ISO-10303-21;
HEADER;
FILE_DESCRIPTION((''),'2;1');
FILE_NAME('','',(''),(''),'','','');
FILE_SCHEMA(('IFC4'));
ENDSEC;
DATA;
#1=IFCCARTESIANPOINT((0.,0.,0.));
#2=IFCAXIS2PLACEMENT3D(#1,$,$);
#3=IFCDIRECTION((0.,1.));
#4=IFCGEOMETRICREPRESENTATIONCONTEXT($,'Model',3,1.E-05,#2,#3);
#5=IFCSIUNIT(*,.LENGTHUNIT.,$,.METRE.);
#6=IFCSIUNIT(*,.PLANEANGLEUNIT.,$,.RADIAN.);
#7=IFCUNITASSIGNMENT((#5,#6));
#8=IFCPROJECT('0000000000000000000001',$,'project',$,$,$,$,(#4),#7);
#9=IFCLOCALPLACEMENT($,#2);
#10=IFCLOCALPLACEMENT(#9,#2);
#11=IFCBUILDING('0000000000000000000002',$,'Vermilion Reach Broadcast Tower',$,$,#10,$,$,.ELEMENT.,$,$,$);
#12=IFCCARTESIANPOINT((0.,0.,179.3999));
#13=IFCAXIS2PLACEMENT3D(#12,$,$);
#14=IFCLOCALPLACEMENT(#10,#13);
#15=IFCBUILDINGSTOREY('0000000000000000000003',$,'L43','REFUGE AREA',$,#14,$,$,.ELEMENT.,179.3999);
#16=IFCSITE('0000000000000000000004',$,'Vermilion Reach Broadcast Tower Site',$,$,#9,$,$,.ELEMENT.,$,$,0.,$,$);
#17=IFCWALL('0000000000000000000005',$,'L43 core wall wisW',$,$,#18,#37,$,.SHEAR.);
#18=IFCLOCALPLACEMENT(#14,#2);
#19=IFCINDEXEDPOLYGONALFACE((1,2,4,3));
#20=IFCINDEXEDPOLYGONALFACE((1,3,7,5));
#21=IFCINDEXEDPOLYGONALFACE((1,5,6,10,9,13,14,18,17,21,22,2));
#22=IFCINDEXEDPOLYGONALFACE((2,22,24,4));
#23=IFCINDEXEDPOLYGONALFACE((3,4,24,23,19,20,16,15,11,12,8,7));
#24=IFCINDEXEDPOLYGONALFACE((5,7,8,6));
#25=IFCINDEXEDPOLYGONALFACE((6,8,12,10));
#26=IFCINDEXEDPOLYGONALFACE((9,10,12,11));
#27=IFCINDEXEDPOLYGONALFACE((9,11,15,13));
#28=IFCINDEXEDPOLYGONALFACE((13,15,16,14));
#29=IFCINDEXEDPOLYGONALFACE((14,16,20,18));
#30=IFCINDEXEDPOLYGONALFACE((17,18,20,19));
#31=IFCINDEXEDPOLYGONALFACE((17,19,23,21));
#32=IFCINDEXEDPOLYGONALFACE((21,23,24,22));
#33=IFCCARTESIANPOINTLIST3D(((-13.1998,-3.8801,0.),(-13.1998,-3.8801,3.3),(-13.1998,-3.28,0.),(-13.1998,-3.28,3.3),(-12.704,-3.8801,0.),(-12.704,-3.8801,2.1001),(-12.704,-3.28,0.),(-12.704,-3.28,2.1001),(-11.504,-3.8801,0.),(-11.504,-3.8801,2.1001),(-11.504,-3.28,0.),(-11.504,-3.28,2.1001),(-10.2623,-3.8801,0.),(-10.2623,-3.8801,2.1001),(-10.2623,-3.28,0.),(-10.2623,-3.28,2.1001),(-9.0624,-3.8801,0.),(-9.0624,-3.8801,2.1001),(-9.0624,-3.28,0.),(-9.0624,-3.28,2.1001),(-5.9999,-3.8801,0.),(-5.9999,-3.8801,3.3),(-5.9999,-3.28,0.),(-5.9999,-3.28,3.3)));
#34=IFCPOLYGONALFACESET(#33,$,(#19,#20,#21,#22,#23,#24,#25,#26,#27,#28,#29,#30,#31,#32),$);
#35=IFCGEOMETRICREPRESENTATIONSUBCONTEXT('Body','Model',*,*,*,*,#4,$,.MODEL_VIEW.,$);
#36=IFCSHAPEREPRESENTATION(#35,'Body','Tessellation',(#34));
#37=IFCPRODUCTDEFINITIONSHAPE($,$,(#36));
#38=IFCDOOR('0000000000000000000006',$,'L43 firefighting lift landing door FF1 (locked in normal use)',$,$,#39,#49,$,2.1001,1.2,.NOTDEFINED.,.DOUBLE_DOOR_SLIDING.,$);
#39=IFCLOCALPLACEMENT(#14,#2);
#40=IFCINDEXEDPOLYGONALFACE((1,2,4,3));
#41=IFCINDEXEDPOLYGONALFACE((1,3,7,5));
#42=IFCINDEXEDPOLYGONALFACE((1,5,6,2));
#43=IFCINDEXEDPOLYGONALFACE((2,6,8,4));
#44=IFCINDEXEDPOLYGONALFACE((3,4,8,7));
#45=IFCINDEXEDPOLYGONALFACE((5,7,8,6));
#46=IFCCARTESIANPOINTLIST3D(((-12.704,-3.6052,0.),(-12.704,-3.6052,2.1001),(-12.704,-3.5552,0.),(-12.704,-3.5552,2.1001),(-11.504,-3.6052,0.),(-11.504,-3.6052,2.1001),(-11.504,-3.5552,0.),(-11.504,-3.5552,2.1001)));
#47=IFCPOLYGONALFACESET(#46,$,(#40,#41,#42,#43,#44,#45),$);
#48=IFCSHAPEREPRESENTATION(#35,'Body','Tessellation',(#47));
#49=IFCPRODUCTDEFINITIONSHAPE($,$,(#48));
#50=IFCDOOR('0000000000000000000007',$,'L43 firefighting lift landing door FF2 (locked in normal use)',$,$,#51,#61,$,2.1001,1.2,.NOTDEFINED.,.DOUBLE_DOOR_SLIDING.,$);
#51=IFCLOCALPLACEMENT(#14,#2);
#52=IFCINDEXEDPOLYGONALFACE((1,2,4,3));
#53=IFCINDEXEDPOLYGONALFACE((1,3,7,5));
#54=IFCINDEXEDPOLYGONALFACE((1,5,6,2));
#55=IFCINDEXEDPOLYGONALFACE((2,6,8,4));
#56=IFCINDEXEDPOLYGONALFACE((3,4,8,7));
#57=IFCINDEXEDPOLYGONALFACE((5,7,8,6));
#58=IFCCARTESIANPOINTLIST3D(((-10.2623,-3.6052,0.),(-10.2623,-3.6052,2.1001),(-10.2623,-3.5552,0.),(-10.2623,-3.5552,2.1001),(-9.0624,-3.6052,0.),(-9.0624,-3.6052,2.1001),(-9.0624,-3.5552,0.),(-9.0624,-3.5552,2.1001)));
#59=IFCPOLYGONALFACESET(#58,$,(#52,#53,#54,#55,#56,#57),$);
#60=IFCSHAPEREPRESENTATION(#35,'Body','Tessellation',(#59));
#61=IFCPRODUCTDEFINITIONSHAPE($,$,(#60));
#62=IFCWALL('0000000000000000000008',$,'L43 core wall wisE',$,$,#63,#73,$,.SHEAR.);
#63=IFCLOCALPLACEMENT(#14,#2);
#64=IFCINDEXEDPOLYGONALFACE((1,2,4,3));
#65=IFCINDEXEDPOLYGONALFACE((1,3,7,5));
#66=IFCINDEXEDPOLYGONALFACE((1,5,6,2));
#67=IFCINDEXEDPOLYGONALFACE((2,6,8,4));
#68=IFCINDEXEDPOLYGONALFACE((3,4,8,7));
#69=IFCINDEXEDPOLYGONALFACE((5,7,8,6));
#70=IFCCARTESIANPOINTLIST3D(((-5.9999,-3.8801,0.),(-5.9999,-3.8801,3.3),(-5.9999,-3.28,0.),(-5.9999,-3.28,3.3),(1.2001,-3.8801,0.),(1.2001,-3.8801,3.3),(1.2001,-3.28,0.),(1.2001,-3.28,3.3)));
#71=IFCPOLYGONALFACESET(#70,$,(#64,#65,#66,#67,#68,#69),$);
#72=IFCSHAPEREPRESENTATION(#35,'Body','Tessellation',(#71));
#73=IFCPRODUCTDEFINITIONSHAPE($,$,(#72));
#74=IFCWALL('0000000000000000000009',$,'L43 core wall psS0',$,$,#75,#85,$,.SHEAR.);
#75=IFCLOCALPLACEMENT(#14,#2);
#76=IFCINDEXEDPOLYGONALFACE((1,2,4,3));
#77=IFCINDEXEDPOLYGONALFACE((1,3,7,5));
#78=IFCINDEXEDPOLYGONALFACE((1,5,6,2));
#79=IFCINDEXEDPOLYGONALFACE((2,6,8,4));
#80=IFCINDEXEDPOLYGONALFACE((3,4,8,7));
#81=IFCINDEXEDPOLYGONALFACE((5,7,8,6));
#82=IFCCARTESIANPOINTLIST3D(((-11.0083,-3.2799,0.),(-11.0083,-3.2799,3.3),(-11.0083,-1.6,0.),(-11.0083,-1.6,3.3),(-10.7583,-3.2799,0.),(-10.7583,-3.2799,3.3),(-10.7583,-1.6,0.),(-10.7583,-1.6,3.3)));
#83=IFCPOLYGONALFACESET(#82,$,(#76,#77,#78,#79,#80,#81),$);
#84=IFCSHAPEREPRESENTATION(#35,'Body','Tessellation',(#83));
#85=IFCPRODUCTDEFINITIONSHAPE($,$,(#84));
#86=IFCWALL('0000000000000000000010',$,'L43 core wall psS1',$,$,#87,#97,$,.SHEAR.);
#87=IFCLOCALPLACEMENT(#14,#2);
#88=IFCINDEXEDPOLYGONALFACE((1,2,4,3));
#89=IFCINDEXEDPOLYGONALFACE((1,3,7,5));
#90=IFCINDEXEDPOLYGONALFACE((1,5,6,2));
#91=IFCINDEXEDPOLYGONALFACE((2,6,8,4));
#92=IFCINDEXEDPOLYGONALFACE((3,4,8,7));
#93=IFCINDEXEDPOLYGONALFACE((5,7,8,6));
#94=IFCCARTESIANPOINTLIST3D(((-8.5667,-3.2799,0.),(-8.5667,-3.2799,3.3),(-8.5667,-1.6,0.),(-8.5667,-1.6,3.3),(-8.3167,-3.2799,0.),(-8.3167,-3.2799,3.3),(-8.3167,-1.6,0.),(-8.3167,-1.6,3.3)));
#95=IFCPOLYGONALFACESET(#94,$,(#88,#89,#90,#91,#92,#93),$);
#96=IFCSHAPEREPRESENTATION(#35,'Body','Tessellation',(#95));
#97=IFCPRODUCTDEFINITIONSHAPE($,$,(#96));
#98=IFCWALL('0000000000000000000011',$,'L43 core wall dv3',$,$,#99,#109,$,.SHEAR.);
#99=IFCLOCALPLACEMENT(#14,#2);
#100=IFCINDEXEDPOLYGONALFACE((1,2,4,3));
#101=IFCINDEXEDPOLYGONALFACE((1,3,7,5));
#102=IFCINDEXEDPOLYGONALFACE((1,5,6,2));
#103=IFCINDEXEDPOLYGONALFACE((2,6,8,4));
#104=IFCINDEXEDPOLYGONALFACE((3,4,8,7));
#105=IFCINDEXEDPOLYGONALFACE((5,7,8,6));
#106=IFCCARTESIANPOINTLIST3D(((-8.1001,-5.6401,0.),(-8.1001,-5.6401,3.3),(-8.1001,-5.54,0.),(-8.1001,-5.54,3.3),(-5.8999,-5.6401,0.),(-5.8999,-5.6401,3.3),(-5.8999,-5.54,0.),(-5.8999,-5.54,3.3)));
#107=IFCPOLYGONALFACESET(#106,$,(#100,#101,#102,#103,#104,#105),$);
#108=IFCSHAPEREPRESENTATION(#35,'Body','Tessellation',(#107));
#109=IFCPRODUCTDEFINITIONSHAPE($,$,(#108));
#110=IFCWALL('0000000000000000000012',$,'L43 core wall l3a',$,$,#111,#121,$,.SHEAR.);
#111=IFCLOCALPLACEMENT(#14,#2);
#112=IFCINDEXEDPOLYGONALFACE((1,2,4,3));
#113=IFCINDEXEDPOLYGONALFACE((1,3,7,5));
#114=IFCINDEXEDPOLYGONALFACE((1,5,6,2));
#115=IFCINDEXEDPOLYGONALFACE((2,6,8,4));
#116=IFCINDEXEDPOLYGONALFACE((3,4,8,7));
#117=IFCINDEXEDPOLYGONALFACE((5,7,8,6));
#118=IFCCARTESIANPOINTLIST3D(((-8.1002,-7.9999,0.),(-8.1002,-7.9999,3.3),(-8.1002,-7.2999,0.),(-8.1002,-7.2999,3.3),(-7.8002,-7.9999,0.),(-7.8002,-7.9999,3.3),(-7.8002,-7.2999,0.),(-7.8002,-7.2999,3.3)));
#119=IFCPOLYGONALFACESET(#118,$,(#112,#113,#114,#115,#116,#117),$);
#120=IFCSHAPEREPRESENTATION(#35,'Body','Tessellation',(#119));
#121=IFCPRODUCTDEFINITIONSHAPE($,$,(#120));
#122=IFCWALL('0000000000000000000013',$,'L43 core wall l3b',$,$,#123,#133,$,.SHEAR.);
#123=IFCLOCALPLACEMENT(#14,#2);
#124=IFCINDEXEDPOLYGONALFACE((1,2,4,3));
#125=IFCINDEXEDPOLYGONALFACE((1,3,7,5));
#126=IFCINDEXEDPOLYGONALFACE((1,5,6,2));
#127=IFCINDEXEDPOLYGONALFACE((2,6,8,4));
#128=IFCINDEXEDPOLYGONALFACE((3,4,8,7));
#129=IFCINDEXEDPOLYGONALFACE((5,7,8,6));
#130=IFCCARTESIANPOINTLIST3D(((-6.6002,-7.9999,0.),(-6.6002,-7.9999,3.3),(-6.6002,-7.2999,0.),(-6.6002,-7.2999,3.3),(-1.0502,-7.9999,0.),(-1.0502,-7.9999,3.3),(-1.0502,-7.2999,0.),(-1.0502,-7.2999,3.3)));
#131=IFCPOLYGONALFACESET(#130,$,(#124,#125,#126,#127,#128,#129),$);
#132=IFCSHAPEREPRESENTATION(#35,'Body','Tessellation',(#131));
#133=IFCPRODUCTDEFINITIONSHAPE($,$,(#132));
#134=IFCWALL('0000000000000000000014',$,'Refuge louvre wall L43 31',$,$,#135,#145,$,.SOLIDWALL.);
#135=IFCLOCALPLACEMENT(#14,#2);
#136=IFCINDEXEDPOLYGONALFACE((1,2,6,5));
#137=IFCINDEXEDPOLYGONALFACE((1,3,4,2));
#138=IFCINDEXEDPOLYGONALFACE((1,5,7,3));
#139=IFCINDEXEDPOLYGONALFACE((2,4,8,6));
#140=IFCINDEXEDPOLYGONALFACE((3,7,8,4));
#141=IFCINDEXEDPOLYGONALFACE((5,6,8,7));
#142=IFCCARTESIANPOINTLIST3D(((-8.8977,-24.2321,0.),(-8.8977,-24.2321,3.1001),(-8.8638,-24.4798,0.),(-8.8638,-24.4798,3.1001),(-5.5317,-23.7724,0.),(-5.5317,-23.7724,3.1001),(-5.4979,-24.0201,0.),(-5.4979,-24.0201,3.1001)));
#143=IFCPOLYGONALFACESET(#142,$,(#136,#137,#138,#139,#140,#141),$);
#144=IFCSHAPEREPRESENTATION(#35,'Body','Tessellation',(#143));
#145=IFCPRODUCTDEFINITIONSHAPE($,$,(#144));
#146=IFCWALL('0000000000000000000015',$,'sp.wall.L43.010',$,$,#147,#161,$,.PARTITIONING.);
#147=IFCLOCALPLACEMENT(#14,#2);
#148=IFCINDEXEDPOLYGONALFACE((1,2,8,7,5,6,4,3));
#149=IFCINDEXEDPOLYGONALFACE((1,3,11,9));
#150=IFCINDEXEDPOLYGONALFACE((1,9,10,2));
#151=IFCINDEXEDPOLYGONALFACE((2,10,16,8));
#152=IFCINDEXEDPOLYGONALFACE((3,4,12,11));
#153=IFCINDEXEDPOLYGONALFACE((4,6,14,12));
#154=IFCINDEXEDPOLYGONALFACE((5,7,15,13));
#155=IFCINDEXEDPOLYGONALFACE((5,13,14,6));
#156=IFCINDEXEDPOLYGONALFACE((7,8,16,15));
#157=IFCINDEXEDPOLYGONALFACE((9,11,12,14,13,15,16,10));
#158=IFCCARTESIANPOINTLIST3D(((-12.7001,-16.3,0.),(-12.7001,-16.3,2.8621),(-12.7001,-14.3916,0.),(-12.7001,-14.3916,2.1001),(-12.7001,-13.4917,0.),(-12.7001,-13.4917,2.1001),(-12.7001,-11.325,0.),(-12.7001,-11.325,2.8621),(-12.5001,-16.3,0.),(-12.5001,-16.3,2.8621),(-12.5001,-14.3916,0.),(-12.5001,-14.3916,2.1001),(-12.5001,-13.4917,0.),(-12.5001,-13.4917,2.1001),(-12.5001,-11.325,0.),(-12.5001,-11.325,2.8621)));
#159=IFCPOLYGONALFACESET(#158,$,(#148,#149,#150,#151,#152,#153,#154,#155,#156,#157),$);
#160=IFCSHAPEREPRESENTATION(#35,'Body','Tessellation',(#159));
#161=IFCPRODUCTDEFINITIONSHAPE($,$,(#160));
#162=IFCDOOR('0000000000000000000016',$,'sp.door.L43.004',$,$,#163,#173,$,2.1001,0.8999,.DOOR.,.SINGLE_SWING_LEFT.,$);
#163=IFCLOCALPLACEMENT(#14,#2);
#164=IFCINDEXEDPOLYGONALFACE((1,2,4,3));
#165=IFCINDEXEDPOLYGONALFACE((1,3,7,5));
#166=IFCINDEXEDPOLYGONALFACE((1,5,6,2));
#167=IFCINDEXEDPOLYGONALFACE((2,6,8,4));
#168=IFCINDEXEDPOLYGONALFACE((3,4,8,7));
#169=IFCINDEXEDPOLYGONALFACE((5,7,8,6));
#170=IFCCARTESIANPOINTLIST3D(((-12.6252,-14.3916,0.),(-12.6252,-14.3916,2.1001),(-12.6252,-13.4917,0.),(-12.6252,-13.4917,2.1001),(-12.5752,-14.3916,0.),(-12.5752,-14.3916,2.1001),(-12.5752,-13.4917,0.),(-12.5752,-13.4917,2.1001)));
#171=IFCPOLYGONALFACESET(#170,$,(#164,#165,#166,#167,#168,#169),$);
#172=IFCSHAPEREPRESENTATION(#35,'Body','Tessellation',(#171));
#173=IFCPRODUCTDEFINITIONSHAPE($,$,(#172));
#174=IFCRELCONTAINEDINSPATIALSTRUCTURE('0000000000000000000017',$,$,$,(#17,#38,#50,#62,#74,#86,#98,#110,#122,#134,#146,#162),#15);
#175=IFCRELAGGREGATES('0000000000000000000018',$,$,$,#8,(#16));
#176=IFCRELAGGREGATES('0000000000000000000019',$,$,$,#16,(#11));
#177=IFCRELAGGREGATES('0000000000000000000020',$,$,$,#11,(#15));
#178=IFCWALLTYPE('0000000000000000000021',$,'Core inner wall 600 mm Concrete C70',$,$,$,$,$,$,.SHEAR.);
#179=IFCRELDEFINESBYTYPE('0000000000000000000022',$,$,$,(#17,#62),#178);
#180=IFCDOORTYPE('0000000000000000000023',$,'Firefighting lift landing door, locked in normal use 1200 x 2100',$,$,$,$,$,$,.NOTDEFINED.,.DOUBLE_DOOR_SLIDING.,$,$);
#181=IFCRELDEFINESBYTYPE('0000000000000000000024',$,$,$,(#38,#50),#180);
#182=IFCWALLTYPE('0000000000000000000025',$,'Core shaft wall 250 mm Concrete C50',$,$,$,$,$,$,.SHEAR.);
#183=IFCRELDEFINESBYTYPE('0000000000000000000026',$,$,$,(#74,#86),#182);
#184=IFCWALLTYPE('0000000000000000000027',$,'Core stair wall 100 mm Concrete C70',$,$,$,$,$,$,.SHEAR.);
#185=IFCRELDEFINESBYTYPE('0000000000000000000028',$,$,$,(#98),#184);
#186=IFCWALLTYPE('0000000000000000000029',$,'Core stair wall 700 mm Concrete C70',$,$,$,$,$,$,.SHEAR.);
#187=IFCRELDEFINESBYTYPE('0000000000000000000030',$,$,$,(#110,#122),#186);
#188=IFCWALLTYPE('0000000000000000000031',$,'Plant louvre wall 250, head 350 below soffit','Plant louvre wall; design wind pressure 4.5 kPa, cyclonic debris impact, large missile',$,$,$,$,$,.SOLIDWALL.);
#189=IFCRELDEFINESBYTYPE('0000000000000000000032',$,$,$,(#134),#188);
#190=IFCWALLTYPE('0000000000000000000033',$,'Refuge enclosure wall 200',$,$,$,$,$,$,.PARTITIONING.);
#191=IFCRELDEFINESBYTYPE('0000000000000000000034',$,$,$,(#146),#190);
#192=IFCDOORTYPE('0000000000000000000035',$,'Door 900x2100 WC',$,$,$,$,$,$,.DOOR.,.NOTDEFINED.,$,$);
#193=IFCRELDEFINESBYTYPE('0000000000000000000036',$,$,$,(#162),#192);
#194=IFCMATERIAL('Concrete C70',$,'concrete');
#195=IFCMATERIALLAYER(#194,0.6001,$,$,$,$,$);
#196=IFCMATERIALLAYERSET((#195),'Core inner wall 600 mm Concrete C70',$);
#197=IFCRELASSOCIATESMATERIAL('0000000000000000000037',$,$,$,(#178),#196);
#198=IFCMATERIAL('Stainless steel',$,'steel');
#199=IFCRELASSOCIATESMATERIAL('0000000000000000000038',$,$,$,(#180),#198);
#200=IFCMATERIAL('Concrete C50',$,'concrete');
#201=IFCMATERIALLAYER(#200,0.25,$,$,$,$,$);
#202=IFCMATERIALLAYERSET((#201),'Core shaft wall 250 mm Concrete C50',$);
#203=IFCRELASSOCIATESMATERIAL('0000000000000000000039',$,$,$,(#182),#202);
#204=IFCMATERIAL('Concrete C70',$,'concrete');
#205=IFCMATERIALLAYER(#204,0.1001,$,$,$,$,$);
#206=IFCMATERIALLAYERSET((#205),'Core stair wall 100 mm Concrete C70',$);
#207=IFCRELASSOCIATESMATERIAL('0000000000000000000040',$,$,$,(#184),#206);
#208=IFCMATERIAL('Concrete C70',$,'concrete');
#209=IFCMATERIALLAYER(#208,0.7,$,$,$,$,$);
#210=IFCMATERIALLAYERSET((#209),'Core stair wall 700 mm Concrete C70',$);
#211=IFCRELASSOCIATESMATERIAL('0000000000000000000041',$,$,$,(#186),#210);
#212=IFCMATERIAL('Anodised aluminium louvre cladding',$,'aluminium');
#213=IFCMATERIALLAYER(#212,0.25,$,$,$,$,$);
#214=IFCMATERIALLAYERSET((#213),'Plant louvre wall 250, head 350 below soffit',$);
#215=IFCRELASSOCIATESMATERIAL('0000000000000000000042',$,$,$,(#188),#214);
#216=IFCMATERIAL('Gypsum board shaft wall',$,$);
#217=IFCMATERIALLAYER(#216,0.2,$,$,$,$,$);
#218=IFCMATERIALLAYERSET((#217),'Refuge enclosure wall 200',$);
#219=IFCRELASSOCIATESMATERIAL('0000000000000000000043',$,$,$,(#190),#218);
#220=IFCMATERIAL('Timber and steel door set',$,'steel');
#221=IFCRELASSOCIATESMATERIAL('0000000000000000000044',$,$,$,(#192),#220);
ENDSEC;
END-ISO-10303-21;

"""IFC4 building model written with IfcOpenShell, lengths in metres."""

from ifc_helpers import new_model, si_unit, direction, frame, frame_2d, origin, place, context, subcontext, project, spatial, rectangle, extrude, material, layer, layer_set, type_object, element, fill, save


model = new_model("IFC4")

# Units and contexts
model_context = context("Model", 3, precision=1e-05, world=origin(), true_north=direction((0.0, 1.0)))
body_context = subcontext(model_context, "Body", "Model", "MODEL_VIEW")
ifc_project = project(units=[si_unit("LENGTHUNIT", "METRE"), si_unit("PLANEANGLEUNIT", "RADIAN")], contexts=[model_context])

# Site, building, storey
site_placement = place(None, origin())
site = spatial("IfcSite", under=ifc_project, at=site_placement, Name="Vermilion Reach Broadcast Tower Site", CompositionType="ELEMENT", RefElevation=0.0)
building_placement = place(site_placement, origin())
building = spatial("IfcBuilding", under=site, at=building_placement, Name="Vermilion Reach Broadcast Tower", CompositionType="ELEMENT")
storey_placement = place(building_placement, frame((0.0, 0.0, 179.3999)))
storey = spatial("IfcBuildingStorey", under=building, at=storey_placement, Name="L43", Description="REFUGE AREA", CompositionType="ELEMENT", Elevation=179.3999)

# Wall, openings, doors
ifc_material_1 = material(Name="Concrete C70", Category="concrete")
ifc_layer_1 = layer(ifc_material_1, 0.6001)
ifc_layer_set_1 = layer_set([ifc_layer_1], Name="Core inner wall 600 mm Concrete C70")
wall_type_1 = type_object("IfcWallType", Name="Core inner wall 600 mm Concrete C70", PredefinedType="SHEAR", material=ifc_layer_set_1)
wall_1_placement = place(storey_placement, frame((-13.2, -3.5801, 0.0), z_axis=(0.0, 0.0, 1.0), x_axis=(1.0, 0.0, 0.0)))
wall_1 = element("IfcWall", 1, at=wall_1_placement, inside=storey, type_object=wall_type_1, Name="L43 core wall wisW", PredefinedType="SHEAR", context=body_context, shape_type="SweptSolid", body=[
    extrude(rectangle(XDim=7.2, YDim=0.6001, at=frame_2d((3.6001, 0.0))), origin(), (0.0, 0.0, 1.0), 3.3),
])
opening_1_placement = place(wall_1_placement, frame((0.4958, 0.0, 0.0)))
opening_1 = element("IfcOpeningElement", 2, at=opening_1_placement, cuts=wall_1, PredefinedType="OPENING", context=body_context, shape_type="SweptSolid", body=[
    extrude(rectangle(XDim=1.2, YDim=2.1001, at=frame_2d((0.6001, 1.05))), frame((0.0, 0.3101, 0.0), z_axis=(0.0, -1.0, 0.0), x_axis=(1.0, 0.0, 0.0)), (0.0, 0.0, 1.0), 0.6201),
])
opening_2_placement = place(wall_1_placement, frame((2.9375, 0.0, 0.0)))
opening_2 = element("IfcOpeningElement", 3, at=opening_2_placement, cuts=wall_1, PredefinedType="OPENING", context=body_context, shape_type="SweptSolid", body=[
    extrude(rectangle(XDim=1.2, YDim=2.1001, at=frame_2d((0.6001, 1.05))), frame((0.0, 0.3101, 0.0), z_axis=(0.0, -1.0, 0.0), x_axis=(1.0, 0.0, 0.0)), (0.0, 0.0, 1.0), 0.6201),
])
ifc_material_2 = material(Name="Stainless steel", Category="steel")
door_type_1 = type_object("IfcDoorType", Name="Firefighting lift landing door, locked in normal use 1200 x 2100", OperationType="DOUBLE_DOOR_SLIDING", PredefinedType="NOTDEFINED", material=ifc_material_2)
door_1_placement = place(opening_1_placement, origin())
door_1 = element("IfcDoor", 4, at=door_1_placement, inside=storey, type_object=door_type_1, Name="L43 firefighting lift landing door FF1 (locked in normal use)", OperationType="DOUBLE_DOOR_SLIDING", OverallHeight=2.1001, OverallWidth=1.2, PredefinedType="NOTDEFINED", context=body_context, shape_type="SweptSolid", body=[
    extrude(rectangle(XDim=1.2, YDim=2.1001, at=frame_2d((0.6001, 1.05))), frame((0.0, 0.0249, 0.0), z_axis=(0.0, -1.0, 0.0), x_axis=(1.0, 0.0, 0.0)), (0.0, 0.0, 1.0), 0.05),
])
fill(opening_1, door_1)
door_2_placement = place(opening_2_placement, origin())
door_2 = element("IfcDoor", 5, at=door_2_placement, inside=storey, type_object=door_type_1, Name="L43 firefighting lift landing door FF2 (locked in normal use)", OperationType="DOUBLE_DOOR_SLIDING", OverallHeight=2.1001, OverallWidth=1.2, PredefinedType="NOTDEFINED", context=body_context, shape_type="SweptSolid", body=[
    extrude(rectangle(XDim=1.2, YDim=2.1001, at=frame_2d((0.6001, 1.05))), frame((0.0, 0.0249, 0.0), z_axis=(0.0, -1.0, 0.0), x_axis=(1.0, 0.0, 0.0)), (0.0, 0.0, 1.0), 0.05),
])
fill(opening_2, door_2)

# Walls
wall_2_placement = place(storey_placement, frame((-6.0, -3.5801, 0.0), z_axis=(0.0, 0.0, 1.0), x_axis=(1.0, 0.0, 0.0)))
element("IfcWall", 6, at=wall_2_placement, inside=storey, type_object=wall_type_1, Name="L43 core wall wisE", PredefinedType="SHEAR", context=body_context, shape_type="SweptSolid", body=[
    extrude(rectangle(XDim=7.2, YDim=0.6001, at=frame_2d((3.6001, 0.0))), origin(), (0.0, 0.0, 1.0), 3.3),
])
ifc_material_3 = material(Name="Concrete C50", Category="concrete")
ifc_layer_2 = layer(ifc_material_3, 0.25)
ifc_layer_set_2 = layer_set([ifc_layer_2], Name="Core shaft wall 250 mm Concrete C50")
wall_type_2 = type_object("IfcWallType", Name="Core shaft wall 250 mm Concrete C50", PredefinedType="SHEAR", material=ifc_layer_set_2)
for number, where, z_axis, x_axis, name in (
    (7, (-10.8833, -1.6001, 0.0), (0.0, 0.0, 1.0), (0.0, -1.0, 0.0), "L43 core wall psS0"),
    (8, (-8.4417, -1.6001, 0.0), (0.0, 0.0, 1.0), (0.0, -1.0, 0.0), "L43 core wall psS1"),
):
    element("IfcWall", number, at=place(storey_placement, frame(where, z_axis=z_axis, x_axis=x_axis)), inside=storey, type_object=wall_type_2, Name=name, PredefinedType="SHEAR", context=body_context, shape_type="SweptSolid", body=[
        extrude(rectangle(XDim=1.6799, YDim=0.25, at=frame_2d((0.8398, 0.0))), origin(), (0.0, 0.0, 1.0), 3.3),
    ])
ifc_material_4 = material(Name="Concrete C70", Category="concrete")
ifc_layer_3 = layer(ifc_material_4, 0.1001)
ifc_layer_set_3 = layer_set([ifc_layer_3], Name="Core stair wall 100 mm Concrete C70")
wall_type_3 = type_object("IfcWallType", Name="Core stair wall 100 mm Concrete C70", PredefinedType="SHEAR", material=ifc_layer_set_3)
wall_3_placement = place(storey_placement, frame((-8.1001, -5.5901, 0.0), z_axis=(0.0, 0.0, 1.0), x_axis=(1.0, 0.0, 0.0)))
element("IfcWall", 9, at=wall_3_placement, inside=storey, type_object=wall_type_3, Name="L43 core wall dv3", PredefinedType="SHEAR", context=body_context, shape_type="SweptSolid", body=[
    extrude(rectangle(XDim=2.2002, YDim=0.1001, at=frame_2d((1.1001, 0.0))), origin(), (0.0, 0.0, 1.0), 3.3),
])
ifc_material_5 = material(Name="Concrete C70", Category="concrete")
ifc_layer_4 = layer(ifc_material_5, 0.7)
ifc_layer_set_4 = layer_set([ifc_layer_4], Name="Core stair wall 700 mm Concrete C70")
wall_type_4 = type_object("IfcWallType", Name="Core stair wall 700 mm Concrete C70", PredefinedType="SHEAR", material=ifc_layer_set_4)
wall_4_placement = place(storey_placement, frame((-8.1001, -7.6499, 0.0), z_axis=(0.0, 0.0, 1.0), x_axis=(1.0, 0.0, 0.0)))
element("IfcWall", 10, at=wall_4_placement, inside=storey, type_object=wall_type_4, Name="L43 core wall l3a", PredefinedType="SHEAR", context=body_context, shape_type="SweptSolid", body=[
    extrude(rectangle(XDim=0.3, YDim=0.7, at=frame_2d((0.1499, 0.0))), origin(), (0.0, 0.0, 1.0), 3.3),
])
wall_5_placement = place(storey_placement, frame((-6.6001, -7.6499, 0.0), z_axis=(0.0, 0.0, 1.0), x_axis=(1.0, 0.0, 0.0)))
element("IfcWall", 11, at=wall_5_placement, inside=storey, type_object=wall_type_4, Name="L43 core wall l3b", PredefinedType="SHEAR", context=body_context, shape_type="SweptSolid", body=[
    extrude(rectangle(XDim=5.55, YDim=0.7, at=frame_2d((2.7749, 0.0))), origin(), (0.0, 0.0, 1.0), 3.3),
])
ifc_material_6 = material(Name="Anodised aluminium louvre cladding", Category="aluminium")
ifc_layer_5 = layer(ifc_material_6, 0.25)
ifc_layer_set_5 = layer_set([ifc_layer_5], Name="Plant louvre wall 250, head 350 below soffit")
wall_type_5 = type_object("IfcWallType", Name="Plant louvre wall 250, head 350 below soffit", Description="Plant louvre wall; design wind pressure 4.5 kPa, cyclonic debris impact, large missile", PredefinedType="SOLIDWALL", material=ifc_layer_set_5)
wall_6_placement = place(storey_placement, frame((-8.8809, -24.356, 0.0), z_axis=(0.0, 0.0, 1.0), x_axis=(0.990802, 0.135322, 0.0)))
element("IfcWall", 12, at=wall_6_placement, inside=storey, type_object=wall_type_5, Name="Refuge louvre wall L43 31", PredefinedType="SOLIDWALL", context=body_context, shape_type="SweptSolid", body=[
    extrude(rectangle(XDim=3.3972, YDim=0.25, at=frame_2d((1.6987, 0.0))), origin(), (0.0, 0.0, 1.0), 3.1001),
])

# Wall, opening, door
ifc_material_7 = material(Name="Gypsum board shaft wall")
ifc_layer_6 = layer(ifc_material_7, 0.2)
ifc_layer_set_6 = layer_set([ifc_layer_6], Name="Refuge enclosure wall 200")
wall_type_6 = type_object("IfcWallType", Name="Refuge enclosure wall 200", PredefinedType="PARTITIONING", material=ifc_layer_set_6)
wall_7_placement = place(storey_placement, frame((-12.6001, -11.325, 0.0), z_axis=(0.0, 0.0, 1.0), x_axis=(0.0, -1.0, 0.0)))
wall_7 = element("IfcWall", 13, at=wall_7_placement, inside=storey, type_object=wall_type_6, Name="sp.wall.L43.010", PredefinedType="PARTITIONING", context=body_context, shape_type="SweptSolid", body=[
    extrude(rectangle(XDim=4.9751, YDim=0.2, at=frame_2d((2.4875, 0.0))), origin(), (0.0, 0.0, 1.0), 2.8621),
])
opening_3_placement = place(wall_7_placement, frame((2.1667, 0.0, 0.0)))
opening_3 = element("IfcOpeningElement", 14, at=opening_3_placement, cuts=wall_7, PredefinedType="OPENING", context=body_context, shape_type="SweptSolid", body=[
    extrude(rectangle(XDim=0.8999, YDim=2.1001, at=frame_2d((0.45, 1.05))), frame((0.0, 0.1099, 0.0), z_axis=(0.0, -1.0, 0.0), x_axis=(1.0, 0.0, 0.0)), (0.0, 0.0, 1.0), 0.22),
])
ifc_material_8 = material(Name="Timber and steel door set", Category="steel")
door_type_2 = type_object("IfcDoorType", Name="Door 900x2100 WC", OperationType="NOTDEFINED", PredefinedType="DOOR", material=ifc_material_8)
door_3_placement = place(opening_3_placement, origin())
door_3 = element("IfcDoor", 15, at=door_3_placement, inside=storey, type_object=door_type_2, Name="sp.door.L43.004", OperationType="SINGLE_SWING_LEFT", OverallHeight=2.1001, OverallWidth=0.8999, PredefinedType="DOOR", context=body_context, shape_type="SweptSolid", body=[
    extrude(rectangle(XDim=0.8999, YDim=2.1001, at=frame_2d((0.45, 1.05))), frame((0.0, 0.0249, 0.0), z_axis=(0.0, -1.0, 0.0), x_axis=(1.0, 0.0, 0.0)), (0.0, 0.0, 1.0), 0.05),
])
fill(opening_3, door_3)

save(model, "model.ifc")
